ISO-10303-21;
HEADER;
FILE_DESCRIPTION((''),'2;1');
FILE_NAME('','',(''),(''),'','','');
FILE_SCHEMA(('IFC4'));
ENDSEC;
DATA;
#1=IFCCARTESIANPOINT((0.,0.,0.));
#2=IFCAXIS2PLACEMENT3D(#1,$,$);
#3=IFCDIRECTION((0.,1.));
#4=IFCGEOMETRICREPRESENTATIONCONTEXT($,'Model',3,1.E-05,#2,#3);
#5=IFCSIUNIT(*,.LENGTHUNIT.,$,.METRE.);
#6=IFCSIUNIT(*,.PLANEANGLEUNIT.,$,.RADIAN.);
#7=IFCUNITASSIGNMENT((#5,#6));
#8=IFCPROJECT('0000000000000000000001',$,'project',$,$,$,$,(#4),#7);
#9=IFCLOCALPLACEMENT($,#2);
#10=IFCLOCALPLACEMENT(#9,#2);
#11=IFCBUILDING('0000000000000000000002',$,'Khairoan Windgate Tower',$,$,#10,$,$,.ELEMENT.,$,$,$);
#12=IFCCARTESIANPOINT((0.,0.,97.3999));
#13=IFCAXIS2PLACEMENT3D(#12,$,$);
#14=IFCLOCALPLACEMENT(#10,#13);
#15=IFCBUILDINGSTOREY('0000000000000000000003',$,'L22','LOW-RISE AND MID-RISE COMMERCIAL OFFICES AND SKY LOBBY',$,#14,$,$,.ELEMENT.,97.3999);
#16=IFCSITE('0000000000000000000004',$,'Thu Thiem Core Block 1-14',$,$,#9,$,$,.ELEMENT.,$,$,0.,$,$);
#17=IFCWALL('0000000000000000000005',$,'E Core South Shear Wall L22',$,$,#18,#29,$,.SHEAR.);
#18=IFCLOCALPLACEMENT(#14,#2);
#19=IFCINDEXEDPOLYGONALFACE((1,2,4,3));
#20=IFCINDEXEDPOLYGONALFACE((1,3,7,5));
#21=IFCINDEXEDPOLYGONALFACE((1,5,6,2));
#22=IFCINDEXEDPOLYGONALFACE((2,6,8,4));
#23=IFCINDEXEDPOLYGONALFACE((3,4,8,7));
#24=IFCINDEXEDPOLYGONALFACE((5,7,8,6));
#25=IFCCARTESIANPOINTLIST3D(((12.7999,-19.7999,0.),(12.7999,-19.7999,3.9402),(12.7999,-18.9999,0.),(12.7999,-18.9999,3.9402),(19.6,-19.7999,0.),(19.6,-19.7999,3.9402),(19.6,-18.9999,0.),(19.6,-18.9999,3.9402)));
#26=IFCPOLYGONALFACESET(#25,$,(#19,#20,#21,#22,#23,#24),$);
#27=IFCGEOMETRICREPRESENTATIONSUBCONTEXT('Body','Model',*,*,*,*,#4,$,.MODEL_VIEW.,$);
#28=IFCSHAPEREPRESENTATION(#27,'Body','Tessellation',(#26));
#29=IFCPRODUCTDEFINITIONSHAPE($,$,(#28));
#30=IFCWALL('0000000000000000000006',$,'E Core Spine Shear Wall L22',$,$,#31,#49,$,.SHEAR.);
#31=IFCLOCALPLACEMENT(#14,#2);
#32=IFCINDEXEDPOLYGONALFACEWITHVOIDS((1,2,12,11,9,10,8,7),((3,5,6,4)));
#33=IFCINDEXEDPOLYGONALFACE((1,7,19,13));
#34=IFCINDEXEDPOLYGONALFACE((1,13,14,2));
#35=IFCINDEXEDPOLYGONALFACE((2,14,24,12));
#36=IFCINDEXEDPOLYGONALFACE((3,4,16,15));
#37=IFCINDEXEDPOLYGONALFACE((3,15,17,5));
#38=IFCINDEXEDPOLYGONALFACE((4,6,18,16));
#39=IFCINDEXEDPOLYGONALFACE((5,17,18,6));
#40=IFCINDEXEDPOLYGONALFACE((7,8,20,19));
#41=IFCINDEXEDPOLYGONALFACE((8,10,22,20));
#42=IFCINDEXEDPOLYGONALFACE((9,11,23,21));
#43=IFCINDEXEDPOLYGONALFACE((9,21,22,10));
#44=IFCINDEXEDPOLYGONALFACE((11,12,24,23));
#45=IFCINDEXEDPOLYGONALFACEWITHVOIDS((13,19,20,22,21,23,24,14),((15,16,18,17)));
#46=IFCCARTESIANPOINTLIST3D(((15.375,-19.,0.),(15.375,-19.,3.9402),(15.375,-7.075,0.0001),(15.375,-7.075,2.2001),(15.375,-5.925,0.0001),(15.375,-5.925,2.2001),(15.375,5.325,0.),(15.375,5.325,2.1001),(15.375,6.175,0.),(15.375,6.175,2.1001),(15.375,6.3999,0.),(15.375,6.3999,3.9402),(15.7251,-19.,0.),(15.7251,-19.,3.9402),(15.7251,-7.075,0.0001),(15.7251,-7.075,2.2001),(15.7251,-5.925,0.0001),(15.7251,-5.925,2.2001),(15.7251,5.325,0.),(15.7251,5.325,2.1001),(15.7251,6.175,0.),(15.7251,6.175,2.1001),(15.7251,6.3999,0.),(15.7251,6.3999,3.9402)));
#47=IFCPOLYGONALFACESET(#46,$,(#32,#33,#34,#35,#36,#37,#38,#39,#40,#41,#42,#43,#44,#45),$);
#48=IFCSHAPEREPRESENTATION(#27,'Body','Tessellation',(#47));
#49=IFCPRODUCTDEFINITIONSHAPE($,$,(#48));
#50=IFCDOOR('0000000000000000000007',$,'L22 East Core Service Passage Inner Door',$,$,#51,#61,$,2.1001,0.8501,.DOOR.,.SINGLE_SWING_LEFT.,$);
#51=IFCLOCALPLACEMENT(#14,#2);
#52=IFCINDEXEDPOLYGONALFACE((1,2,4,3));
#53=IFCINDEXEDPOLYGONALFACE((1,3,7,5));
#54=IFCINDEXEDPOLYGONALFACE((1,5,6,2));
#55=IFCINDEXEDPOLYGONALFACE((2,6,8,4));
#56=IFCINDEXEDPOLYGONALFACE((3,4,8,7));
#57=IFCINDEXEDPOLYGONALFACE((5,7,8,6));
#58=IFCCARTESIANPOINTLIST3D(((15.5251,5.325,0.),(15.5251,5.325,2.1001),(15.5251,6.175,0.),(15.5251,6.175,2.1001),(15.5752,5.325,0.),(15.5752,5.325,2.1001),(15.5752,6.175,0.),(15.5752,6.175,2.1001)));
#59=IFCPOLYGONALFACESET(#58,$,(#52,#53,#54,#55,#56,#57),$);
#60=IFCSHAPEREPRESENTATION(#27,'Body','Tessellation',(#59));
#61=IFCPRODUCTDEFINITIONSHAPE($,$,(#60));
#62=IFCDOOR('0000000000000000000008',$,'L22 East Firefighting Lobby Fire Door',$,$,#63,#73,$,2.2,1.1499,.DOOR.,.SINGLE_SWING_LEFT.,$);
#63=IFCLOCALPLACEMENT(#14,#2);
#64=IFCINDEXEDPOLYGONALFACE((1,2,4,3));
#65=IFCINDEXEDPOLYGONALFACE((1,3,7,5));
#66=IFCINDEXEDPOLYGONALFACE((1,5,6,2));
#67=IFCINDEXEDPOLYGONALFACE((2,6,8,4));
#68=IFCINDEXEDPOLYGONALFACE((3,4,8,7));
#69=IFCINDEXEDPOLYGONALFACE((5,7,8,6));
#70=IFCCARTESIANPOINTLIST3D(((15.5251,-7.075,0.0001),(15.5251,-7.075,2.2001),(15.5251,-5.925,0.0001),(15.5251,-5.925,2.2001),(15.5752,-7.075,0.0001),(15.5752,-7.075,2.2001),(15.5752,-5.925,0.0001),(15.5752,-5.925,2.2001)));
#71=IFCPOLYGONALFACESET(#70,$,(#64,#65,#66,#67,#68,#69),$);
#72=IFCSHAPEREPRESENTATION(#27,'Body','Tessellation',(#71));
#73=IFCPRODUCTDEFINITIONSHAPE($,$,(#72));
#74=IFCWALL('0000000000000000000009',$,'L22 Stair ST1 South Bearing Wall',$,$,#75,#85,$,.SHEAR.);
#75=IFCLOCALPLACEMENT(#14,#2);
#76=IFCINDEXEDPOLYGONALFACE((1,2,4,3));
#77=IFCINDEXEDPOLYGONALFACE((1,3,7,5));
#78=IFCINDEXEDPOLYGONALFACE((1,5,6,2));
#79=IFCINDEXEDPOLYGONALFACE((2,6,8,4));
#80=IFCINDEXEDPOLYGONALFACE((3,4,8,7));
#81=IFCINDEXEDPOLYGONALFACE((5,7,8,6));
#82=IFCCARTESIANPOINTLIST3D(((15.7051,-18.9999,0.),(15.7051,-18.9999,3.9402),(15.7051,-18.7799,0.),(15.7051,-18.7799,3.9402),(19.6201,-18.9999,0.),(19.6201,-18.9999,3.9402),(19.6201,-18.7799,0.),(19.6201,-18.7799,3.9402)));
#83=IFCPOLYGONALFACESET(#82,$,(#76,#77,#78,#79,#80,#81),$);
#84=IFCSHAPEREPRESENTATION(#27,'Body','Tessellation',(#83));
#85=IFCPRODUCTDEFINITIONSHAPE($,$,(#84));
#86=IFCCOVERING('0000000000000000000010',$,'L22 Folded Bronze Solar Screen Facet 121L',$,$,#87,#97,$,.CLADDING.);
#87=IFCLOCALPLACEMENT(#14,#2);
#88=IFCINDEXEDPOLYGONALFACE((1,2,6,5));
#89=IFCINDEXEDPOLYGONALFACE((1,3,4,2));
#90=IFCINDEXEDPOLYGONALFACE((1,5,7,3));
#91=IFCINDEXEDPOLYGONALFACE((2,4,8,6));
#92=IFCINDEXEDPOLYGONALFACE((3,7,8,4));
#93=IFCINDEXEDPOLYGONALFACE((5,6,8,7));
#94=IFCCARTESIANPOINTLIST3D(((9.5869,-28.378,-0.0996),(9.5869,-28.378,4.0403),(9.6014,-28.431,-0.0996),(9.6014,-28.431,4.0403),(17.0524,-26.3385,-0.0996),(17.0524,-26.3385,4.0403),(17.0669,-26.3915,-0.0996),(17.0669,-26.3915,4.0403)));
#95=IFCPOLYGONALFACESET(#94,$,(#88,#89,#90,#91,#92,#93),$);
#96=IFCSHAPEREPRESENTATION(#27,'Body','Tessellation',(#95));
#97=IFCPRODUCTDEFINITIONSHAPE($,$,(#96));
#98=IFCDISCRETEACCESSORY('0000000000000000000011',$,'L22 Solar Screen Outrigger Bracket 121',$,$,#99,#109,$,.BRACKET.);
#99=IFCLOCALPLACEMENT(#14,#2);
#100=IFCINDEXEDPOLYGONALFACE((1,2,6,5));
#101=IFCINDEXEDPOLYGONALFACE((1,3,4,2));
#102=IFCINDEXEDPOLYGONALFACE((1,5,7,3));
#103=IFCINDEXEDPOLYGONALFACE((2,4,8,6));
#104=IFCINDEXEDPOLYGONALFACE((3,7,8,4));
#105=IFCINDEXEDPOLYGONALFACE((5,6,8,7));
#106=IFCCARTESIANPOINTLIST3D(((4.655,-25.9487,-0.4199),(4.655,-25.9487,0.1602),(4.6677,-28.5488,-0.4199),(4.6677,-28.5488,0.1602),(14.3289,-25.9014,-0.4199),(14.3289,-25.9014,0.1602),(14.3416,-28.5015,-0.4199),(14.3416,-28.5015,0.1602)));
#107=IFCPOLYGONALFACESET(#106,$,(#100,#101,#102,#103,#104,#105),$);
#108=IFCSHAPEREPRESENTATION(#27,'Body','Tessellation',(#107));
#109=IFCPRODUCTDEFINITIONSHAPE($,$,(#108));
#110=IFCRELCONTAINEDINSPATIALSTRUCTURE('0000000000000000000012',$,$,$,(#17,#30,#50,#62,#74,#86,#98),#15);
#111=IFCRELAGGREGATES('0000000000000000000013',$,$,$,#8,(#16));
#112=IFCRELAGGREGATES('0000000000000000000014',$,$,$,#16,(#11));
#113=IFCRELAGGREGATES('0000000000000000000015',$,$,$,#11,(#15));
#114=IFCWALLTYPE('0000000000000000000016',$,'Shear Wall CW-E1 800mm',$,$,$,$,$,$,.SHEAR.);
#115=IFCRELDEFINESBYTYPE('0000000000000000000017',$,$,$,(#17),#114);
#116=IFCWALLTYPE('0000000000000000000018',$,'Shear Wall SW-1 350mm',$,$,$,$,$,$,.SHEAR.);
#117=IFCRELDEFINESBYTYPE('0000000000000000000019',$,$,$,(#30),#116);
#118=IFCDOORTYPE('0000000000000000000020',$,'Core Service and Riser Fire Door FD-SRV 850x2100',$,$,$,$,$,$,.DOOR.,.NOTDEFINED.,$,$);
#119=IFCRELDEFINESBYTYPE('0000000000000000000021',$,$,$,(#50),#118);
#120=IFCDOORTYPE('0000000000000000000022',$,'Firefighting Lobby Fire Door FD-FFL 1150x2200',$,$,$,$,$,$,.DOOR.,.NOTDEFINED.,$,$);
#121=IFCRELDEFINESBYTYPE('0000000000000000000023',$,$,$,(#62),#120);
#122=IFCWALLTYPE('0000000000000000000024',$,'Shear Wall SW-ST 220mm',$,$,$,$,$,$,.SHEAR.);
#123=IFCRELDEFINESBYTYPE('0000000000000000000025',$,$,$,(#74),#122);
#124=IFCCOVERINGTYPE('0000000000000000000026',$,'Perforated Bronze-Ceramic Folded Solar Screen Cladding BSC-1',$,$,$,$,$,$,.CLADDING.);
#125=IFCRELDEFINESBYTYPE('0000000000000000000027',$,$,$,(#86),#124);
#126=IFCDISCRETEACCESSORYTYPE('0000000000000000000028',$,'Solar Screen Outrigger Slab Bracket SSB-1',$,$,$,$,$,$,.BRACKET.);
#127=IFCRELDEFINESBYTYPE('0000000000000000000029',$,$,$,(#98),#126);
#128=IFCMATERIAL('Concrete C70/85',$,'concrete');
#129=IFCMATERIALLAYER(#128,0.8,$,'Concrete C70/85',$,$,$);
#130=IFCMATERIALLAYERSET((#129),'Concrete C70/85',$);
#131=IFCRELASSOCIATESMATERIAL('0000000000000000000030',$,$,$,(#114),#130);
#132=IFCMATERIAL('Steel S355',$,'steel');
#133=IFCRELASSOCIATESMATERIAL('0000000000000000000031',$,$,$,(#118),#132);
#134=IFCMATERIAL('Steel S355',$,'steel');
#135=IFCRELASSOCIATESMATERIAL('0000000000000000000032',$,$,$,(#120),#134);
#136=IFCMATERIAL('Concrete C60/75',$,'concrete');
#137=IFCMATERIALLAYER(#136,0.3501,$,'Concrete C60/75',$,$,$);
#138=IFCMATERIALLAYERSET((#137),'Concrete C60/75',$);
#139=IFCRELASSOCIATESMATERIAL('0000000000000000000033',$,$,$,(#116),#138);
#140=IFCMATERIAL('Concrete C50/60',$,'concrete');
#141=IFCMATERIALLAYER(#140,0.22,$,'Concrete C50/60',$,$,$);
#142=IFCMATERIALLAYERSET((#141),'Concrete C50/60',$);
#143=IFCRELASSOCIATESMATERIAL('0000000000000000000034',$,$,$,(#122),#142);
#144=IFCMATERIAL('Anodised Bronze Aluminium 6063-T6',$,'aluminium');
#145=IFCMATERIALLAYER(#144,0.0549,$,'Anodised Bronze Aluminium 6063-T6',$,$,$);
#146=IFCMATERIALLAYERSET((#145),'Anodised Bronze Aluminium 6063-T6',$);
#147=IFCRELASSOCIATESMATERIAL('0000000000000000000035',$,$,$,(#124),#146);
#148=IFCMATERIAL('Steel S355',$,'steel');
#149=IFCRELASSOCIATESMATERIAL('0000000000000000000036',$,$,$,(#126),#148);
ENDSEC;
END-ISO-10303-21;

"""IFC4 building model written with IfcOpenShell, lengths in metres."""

from ifc_helpers import new_model, si_unit, direction, frame, frame_2d, origin, origin_2d, place, context, subcontext, project, spatial, rectangle, extrude, material, layer, layer_set, type_object, element, fill, save


model = new_model("IFC4")

# Units and contexts
model_context = context("Model", 3, precision=1e-05, world=origin(), true_north=direction((0.0, 1.0)))
body_context = subcontext(model_context, "Body", "Model", "MODEL_VIEW")
ifc_project = project(units=[si_unit("LENGTHUNIT", "METRE"), si_unit("PLANEANGLEUNIT", "RADIAN")], contexts=[model_context])

# Site, building, storey
site_placement = place(None, origin())
site = spatial("IfcSite", under=ifc_project, at=site_placement, Name="Thu Thiem Core Block 1-14", CompositionType="ELEMENT", RefElevation=0.0)
building_placement = place(site_placement, origin())
building = spatial("IfcBuilding", under=site, at=building_placement, Name="Khairoan Windgate Tower", CompositionType="ELEMENT")
storey_placement = place(building_placement, frame((0.0, 0.0, 97.3999)))
storey = spatial("IfcBuildingStorey", under=building, at=storey_placement, Name="L22", Description="LOW-RISE AND MID-RISE COMMERCIAL OFFICES AND SKY LOBBY", CompositionType="ELEMENT", Elevation=97.3999)

# Shared definitions
ifc_material_1 = material(Name="Concrete C70/85", Category="concrete")
ifc_layer_1 = layer(ifc_material_1, 0.8, Name="Concrete C70/85")
ifc_layer_set_1 = layer_set([ifc_layer_1], Name="Concrete C70/85")
wall_type_1 = type_object("IfcWallType", Name="Shear Wall CW-E1 800mm", PredefinedType="SHEAR", material=ifc_layer_set_1)
ifc_material_2 = material(Name="Steel S355", Category="steel")
door_type_1 = type_object("IfcDoorType", Name="Core Service and Riser Fire Door FD-SRV 850x2100", OperationType="NOTDEFINED", PredefinedType="DOOR", material=ifc_material_2)
ifc_material_3 = material(Name="Steel S355", Category="steel")
door_type_2 = type_object("IfcDoorType", Name="Firefighting Lobby Fire Door FD-FFL 1150x2200", OperationType="NOTDEFINED", PredefinedType="DOOR", material=ifc_material_3)

# Wall
wall_1_placement = place(storey_placement, frame((12.8, -19.3999, 0.0), z_axis=(0.0, 0.0, 1.0), x_axis=(1.0, 0.0, 0.0)))
element("IfcWall", 1, at=wall_1_placement, inside=storey, type_object=wall_type_1, Name="E Core South Shear Wall L22", PredefinedType="SHEAR", context=body_context, shape_type="SweptSolid", body=[
    extrude(rectangle(XDim=6.8, YDim=0.8, at=frame_2d((3.3999, 0.0))), origin(), (0.0, 0.0, 1.0), 3.9402),
])

# Wall, openings, doors
ifc_material_4 = material(Name="Concrete C60/75", Category="concrete")
ifc_layer_2 = layer(ifc_material_4, 0.3501, Name="Concrete C60/75")
ifc_layer_set_2 = layer_set([ifc_layer_2], Name="Concrete C60/75")
wall_type_2 = type_object("IfcWallType", Name="Shear Wall SW-1 350mm", PredefinedType="SHEAR", material=ifc_layer_set_2)
wall_2_placement = place(storey_placement, frame((15.55, -19.0, 0.0), z_axis=(0.0, 0.0, 1.0), x_axis=(0.0, 1.0, 0.0)))
wall_2 = element("IfcWall", 2, at=wall_2_placement, inside=storey, type_object=wall_type_2, Name="E Core Spine Shear Wall L22", PredefinedType="SHEAR", context=body_context, shape_type="SweptSolid", body=[
    extrude(rectangle(XDim=25.3999, YDim=0.3501, at=frame_2d((12.7, 0.0))), origin(), (0.0, 0.0, 1.0), 3.9402),
])
opening_1_placement = place(wall_2_placement, frame((11.925, 0.0, 0.0)))
opening_1 = element("IfcOpeningElement", 3, at=opening_1_placement, cuts=wall_2, PredefinedType="OPENING", context=body_context, shape_type="SweptSolid", body=[
    extrude(rectangle(XDim=1.1499, YDim=2.2, at=frame_2d((0.575, 1.1001))), frame((0.0, 0.1851, 0.0), z_axis=(0.0, -1.0, 0.0), x_axis=(1.0, 0.0, 0.0)), (0.0, 0.0, 1.0), 0.3701),
])
opening_2_placement = place(wall_2_placement, frame((24.325, 0.0, 0.0)))
opening_2 = element("IfcOpeningElement", 4, at=opening_2_placement, cuts=wall_2, PredefinedType="OPENING", context=body_context, shape_type="SweptSolid", body=[
    extrude(rectangle(XDim=0.8501, YDim=2.1001, at=frame_2d((0.425, 1.05))), frame((0.0, 0.1851, 0.0), z_axis=(0.0, -1.0, 0.0), x_axis=(1.0, 0.0, 0.0)), (0.0, 0.0, 1.0), 0.3701),
])
door_1_placement = place(opening_2_placement, origin())
door_1 = element("IfcDoor", 5, at=door_1_placement, inside=storey, type_object=door_type_1, Name="L22 East Core Service Passage Inner Door", OperationType="SINGLE_SWING_LEFT", OverallHeight=2.1001, OverallWidth=0.8501, PredefinedType="DOOR", context=body_context, shape_type="SweptSolid", body=[
    extrude(rectangle(XDim=0.8501, YDim=2.1001, at=frame_2d((0.425, 1.05))), frame((0.0, 0.0249, 0.0), z_axis=(0.0, -1.0, 0.0), x_axis=(1.0, 0.0, 0.0)), (0.0, 0.0, 1.0), 0.05),
])
fill(opening_2, door_1)
door_2_placement = place(opening_1_placement, origin())
door_2 = element("IfcDoor", 6, at=door_2_placement, inside=storey, type_object=door_type_2, Name="L22 East Firefighting Lobby Fire Door", OperationType="SINGLE_SWING_LEFT", OverallHeight=2.2, OverallWidth=1.1499, PredefinedType="DOOR", context=body_context, shape_type="SweptSolid", body=[
    extrude(rectangle(XDim=1.1499, YDim=2.2, at=frame_2d((0.575, 1.1001))), frame((0.0, 0.0249, 0.0), z_axis=(0.0, -1.0, 0.0), x_axis=(1.0, 0.0, 0.0)), (0.0, 0.0, 1.0), 0.05),
])
fill(opening_1, door_2)

# Wall
ifc_material_5 = material(Name="Concrete C50/60", Category="concrete")
ifc_layer_3 = layer(ifc_material_5, 0.22, Name="Concrete C50/60")
ifc_layer_set_3 = layer_set([ifc_layer_3], Name="Concrete C50/60")
wall_type_3 = type_object("IfcWallType", Name="Shear Wall SW-ST 220mm", PredefinedType="SHEAR", material=ifc_layer_set_3)
wall_3_placement = place(storey_placement, frame((15.7051, -18.8899, 0.0), z_axis=(0.0, 0.0, 1.0), x_axis=(1.0, 0.0, 0.0)))
element("IfcWall", 7, at=wall_3_placement, inside=storey, type_object=wall_type_3, Name="L22 Stair ST1 South Bearing Wall", PredefinedType="SHEAR", context=body_context, shape_type="SweptSolid", body=[
    extrude(rectangle(XDim=3.915, YDim=0.22, at=frame_2d((1.9575, 0.0))), origin(), (0.0, 0.0, 1.0), 3.9402),
])

# Covering
ifc_material_6 = material(Name="Anodised Bronze Aluminium 6063-T6", Category="aluminium")
ifc_layer_4 = layer(ifc_material_6, 0.0549, Name="Anodised Bronze Aluminium 6063-T6")
ifc_layer_set_4 = layer_set([ifc_layer_4], Name="Anodised Bronze Aluminium 6063-T6")
covering_type = type_object("IfcCoveringType", Name="Perforated Bronze-Ceramic Folded Solar Screen Cladding BSC-1", PredefinedType="CLADDING", material=ifc_layer_set_4)
covering_placement = place(storey_placement, frame((13.3269, -27.3848, -0.0996), z_axis=(0.0, 0.0, 1.0), x_axis=(-0.964649, -0.263536, 0.0)))
element("IfcCovering", 8, at=covering_placement, inside=storey, type_object=covering_type, Name="L22 Folded Bronze Solar Screen Facet 121L", PredefinedType="CLADDING", context=body_context, shape_type="SweptSolid", body=[
    extrude(rectangle(XDim=7.739, YDim=0.0549, at=origin_2d()), origin(), (0.0, 0.0, 1.0), 4.1399),
])

# Discrete accessory
ifc_material_7 = material(Name="Steel S355", Category="steel")
discrete_accessory_type = type_object("IfcDiscreteAccessoryType", Name="Solar Screen Outrigger Slab Bracket SSB-1", PredefinedType="BRACKET", material=ifc_material_7)
discrete_accessory_placement = place(storey_placement, frame((9.4983, -27.2251, -0.4199), z_axis=(0.0, 0.0, 1.0), x_axis=(-0.999988, -0.004887, 0.0)))
element("IfcDiscreteAccessory", 9, at=discrete_accessory_placement, inside=storey, type_object=discrete_accessory_type, Name="L22 Solar Screen Outrigger Bracket 121", PredefinedType="BRACKET", context=body_context, shape_type="SweptSolid", body=[
    extrude(rectangle(XDim=9.6741, YDim=2.6001, at=origin_2d()), origin(), (0.0, 0.0, 1.0), 0.5801),
])

save(model, "model.ifc")
